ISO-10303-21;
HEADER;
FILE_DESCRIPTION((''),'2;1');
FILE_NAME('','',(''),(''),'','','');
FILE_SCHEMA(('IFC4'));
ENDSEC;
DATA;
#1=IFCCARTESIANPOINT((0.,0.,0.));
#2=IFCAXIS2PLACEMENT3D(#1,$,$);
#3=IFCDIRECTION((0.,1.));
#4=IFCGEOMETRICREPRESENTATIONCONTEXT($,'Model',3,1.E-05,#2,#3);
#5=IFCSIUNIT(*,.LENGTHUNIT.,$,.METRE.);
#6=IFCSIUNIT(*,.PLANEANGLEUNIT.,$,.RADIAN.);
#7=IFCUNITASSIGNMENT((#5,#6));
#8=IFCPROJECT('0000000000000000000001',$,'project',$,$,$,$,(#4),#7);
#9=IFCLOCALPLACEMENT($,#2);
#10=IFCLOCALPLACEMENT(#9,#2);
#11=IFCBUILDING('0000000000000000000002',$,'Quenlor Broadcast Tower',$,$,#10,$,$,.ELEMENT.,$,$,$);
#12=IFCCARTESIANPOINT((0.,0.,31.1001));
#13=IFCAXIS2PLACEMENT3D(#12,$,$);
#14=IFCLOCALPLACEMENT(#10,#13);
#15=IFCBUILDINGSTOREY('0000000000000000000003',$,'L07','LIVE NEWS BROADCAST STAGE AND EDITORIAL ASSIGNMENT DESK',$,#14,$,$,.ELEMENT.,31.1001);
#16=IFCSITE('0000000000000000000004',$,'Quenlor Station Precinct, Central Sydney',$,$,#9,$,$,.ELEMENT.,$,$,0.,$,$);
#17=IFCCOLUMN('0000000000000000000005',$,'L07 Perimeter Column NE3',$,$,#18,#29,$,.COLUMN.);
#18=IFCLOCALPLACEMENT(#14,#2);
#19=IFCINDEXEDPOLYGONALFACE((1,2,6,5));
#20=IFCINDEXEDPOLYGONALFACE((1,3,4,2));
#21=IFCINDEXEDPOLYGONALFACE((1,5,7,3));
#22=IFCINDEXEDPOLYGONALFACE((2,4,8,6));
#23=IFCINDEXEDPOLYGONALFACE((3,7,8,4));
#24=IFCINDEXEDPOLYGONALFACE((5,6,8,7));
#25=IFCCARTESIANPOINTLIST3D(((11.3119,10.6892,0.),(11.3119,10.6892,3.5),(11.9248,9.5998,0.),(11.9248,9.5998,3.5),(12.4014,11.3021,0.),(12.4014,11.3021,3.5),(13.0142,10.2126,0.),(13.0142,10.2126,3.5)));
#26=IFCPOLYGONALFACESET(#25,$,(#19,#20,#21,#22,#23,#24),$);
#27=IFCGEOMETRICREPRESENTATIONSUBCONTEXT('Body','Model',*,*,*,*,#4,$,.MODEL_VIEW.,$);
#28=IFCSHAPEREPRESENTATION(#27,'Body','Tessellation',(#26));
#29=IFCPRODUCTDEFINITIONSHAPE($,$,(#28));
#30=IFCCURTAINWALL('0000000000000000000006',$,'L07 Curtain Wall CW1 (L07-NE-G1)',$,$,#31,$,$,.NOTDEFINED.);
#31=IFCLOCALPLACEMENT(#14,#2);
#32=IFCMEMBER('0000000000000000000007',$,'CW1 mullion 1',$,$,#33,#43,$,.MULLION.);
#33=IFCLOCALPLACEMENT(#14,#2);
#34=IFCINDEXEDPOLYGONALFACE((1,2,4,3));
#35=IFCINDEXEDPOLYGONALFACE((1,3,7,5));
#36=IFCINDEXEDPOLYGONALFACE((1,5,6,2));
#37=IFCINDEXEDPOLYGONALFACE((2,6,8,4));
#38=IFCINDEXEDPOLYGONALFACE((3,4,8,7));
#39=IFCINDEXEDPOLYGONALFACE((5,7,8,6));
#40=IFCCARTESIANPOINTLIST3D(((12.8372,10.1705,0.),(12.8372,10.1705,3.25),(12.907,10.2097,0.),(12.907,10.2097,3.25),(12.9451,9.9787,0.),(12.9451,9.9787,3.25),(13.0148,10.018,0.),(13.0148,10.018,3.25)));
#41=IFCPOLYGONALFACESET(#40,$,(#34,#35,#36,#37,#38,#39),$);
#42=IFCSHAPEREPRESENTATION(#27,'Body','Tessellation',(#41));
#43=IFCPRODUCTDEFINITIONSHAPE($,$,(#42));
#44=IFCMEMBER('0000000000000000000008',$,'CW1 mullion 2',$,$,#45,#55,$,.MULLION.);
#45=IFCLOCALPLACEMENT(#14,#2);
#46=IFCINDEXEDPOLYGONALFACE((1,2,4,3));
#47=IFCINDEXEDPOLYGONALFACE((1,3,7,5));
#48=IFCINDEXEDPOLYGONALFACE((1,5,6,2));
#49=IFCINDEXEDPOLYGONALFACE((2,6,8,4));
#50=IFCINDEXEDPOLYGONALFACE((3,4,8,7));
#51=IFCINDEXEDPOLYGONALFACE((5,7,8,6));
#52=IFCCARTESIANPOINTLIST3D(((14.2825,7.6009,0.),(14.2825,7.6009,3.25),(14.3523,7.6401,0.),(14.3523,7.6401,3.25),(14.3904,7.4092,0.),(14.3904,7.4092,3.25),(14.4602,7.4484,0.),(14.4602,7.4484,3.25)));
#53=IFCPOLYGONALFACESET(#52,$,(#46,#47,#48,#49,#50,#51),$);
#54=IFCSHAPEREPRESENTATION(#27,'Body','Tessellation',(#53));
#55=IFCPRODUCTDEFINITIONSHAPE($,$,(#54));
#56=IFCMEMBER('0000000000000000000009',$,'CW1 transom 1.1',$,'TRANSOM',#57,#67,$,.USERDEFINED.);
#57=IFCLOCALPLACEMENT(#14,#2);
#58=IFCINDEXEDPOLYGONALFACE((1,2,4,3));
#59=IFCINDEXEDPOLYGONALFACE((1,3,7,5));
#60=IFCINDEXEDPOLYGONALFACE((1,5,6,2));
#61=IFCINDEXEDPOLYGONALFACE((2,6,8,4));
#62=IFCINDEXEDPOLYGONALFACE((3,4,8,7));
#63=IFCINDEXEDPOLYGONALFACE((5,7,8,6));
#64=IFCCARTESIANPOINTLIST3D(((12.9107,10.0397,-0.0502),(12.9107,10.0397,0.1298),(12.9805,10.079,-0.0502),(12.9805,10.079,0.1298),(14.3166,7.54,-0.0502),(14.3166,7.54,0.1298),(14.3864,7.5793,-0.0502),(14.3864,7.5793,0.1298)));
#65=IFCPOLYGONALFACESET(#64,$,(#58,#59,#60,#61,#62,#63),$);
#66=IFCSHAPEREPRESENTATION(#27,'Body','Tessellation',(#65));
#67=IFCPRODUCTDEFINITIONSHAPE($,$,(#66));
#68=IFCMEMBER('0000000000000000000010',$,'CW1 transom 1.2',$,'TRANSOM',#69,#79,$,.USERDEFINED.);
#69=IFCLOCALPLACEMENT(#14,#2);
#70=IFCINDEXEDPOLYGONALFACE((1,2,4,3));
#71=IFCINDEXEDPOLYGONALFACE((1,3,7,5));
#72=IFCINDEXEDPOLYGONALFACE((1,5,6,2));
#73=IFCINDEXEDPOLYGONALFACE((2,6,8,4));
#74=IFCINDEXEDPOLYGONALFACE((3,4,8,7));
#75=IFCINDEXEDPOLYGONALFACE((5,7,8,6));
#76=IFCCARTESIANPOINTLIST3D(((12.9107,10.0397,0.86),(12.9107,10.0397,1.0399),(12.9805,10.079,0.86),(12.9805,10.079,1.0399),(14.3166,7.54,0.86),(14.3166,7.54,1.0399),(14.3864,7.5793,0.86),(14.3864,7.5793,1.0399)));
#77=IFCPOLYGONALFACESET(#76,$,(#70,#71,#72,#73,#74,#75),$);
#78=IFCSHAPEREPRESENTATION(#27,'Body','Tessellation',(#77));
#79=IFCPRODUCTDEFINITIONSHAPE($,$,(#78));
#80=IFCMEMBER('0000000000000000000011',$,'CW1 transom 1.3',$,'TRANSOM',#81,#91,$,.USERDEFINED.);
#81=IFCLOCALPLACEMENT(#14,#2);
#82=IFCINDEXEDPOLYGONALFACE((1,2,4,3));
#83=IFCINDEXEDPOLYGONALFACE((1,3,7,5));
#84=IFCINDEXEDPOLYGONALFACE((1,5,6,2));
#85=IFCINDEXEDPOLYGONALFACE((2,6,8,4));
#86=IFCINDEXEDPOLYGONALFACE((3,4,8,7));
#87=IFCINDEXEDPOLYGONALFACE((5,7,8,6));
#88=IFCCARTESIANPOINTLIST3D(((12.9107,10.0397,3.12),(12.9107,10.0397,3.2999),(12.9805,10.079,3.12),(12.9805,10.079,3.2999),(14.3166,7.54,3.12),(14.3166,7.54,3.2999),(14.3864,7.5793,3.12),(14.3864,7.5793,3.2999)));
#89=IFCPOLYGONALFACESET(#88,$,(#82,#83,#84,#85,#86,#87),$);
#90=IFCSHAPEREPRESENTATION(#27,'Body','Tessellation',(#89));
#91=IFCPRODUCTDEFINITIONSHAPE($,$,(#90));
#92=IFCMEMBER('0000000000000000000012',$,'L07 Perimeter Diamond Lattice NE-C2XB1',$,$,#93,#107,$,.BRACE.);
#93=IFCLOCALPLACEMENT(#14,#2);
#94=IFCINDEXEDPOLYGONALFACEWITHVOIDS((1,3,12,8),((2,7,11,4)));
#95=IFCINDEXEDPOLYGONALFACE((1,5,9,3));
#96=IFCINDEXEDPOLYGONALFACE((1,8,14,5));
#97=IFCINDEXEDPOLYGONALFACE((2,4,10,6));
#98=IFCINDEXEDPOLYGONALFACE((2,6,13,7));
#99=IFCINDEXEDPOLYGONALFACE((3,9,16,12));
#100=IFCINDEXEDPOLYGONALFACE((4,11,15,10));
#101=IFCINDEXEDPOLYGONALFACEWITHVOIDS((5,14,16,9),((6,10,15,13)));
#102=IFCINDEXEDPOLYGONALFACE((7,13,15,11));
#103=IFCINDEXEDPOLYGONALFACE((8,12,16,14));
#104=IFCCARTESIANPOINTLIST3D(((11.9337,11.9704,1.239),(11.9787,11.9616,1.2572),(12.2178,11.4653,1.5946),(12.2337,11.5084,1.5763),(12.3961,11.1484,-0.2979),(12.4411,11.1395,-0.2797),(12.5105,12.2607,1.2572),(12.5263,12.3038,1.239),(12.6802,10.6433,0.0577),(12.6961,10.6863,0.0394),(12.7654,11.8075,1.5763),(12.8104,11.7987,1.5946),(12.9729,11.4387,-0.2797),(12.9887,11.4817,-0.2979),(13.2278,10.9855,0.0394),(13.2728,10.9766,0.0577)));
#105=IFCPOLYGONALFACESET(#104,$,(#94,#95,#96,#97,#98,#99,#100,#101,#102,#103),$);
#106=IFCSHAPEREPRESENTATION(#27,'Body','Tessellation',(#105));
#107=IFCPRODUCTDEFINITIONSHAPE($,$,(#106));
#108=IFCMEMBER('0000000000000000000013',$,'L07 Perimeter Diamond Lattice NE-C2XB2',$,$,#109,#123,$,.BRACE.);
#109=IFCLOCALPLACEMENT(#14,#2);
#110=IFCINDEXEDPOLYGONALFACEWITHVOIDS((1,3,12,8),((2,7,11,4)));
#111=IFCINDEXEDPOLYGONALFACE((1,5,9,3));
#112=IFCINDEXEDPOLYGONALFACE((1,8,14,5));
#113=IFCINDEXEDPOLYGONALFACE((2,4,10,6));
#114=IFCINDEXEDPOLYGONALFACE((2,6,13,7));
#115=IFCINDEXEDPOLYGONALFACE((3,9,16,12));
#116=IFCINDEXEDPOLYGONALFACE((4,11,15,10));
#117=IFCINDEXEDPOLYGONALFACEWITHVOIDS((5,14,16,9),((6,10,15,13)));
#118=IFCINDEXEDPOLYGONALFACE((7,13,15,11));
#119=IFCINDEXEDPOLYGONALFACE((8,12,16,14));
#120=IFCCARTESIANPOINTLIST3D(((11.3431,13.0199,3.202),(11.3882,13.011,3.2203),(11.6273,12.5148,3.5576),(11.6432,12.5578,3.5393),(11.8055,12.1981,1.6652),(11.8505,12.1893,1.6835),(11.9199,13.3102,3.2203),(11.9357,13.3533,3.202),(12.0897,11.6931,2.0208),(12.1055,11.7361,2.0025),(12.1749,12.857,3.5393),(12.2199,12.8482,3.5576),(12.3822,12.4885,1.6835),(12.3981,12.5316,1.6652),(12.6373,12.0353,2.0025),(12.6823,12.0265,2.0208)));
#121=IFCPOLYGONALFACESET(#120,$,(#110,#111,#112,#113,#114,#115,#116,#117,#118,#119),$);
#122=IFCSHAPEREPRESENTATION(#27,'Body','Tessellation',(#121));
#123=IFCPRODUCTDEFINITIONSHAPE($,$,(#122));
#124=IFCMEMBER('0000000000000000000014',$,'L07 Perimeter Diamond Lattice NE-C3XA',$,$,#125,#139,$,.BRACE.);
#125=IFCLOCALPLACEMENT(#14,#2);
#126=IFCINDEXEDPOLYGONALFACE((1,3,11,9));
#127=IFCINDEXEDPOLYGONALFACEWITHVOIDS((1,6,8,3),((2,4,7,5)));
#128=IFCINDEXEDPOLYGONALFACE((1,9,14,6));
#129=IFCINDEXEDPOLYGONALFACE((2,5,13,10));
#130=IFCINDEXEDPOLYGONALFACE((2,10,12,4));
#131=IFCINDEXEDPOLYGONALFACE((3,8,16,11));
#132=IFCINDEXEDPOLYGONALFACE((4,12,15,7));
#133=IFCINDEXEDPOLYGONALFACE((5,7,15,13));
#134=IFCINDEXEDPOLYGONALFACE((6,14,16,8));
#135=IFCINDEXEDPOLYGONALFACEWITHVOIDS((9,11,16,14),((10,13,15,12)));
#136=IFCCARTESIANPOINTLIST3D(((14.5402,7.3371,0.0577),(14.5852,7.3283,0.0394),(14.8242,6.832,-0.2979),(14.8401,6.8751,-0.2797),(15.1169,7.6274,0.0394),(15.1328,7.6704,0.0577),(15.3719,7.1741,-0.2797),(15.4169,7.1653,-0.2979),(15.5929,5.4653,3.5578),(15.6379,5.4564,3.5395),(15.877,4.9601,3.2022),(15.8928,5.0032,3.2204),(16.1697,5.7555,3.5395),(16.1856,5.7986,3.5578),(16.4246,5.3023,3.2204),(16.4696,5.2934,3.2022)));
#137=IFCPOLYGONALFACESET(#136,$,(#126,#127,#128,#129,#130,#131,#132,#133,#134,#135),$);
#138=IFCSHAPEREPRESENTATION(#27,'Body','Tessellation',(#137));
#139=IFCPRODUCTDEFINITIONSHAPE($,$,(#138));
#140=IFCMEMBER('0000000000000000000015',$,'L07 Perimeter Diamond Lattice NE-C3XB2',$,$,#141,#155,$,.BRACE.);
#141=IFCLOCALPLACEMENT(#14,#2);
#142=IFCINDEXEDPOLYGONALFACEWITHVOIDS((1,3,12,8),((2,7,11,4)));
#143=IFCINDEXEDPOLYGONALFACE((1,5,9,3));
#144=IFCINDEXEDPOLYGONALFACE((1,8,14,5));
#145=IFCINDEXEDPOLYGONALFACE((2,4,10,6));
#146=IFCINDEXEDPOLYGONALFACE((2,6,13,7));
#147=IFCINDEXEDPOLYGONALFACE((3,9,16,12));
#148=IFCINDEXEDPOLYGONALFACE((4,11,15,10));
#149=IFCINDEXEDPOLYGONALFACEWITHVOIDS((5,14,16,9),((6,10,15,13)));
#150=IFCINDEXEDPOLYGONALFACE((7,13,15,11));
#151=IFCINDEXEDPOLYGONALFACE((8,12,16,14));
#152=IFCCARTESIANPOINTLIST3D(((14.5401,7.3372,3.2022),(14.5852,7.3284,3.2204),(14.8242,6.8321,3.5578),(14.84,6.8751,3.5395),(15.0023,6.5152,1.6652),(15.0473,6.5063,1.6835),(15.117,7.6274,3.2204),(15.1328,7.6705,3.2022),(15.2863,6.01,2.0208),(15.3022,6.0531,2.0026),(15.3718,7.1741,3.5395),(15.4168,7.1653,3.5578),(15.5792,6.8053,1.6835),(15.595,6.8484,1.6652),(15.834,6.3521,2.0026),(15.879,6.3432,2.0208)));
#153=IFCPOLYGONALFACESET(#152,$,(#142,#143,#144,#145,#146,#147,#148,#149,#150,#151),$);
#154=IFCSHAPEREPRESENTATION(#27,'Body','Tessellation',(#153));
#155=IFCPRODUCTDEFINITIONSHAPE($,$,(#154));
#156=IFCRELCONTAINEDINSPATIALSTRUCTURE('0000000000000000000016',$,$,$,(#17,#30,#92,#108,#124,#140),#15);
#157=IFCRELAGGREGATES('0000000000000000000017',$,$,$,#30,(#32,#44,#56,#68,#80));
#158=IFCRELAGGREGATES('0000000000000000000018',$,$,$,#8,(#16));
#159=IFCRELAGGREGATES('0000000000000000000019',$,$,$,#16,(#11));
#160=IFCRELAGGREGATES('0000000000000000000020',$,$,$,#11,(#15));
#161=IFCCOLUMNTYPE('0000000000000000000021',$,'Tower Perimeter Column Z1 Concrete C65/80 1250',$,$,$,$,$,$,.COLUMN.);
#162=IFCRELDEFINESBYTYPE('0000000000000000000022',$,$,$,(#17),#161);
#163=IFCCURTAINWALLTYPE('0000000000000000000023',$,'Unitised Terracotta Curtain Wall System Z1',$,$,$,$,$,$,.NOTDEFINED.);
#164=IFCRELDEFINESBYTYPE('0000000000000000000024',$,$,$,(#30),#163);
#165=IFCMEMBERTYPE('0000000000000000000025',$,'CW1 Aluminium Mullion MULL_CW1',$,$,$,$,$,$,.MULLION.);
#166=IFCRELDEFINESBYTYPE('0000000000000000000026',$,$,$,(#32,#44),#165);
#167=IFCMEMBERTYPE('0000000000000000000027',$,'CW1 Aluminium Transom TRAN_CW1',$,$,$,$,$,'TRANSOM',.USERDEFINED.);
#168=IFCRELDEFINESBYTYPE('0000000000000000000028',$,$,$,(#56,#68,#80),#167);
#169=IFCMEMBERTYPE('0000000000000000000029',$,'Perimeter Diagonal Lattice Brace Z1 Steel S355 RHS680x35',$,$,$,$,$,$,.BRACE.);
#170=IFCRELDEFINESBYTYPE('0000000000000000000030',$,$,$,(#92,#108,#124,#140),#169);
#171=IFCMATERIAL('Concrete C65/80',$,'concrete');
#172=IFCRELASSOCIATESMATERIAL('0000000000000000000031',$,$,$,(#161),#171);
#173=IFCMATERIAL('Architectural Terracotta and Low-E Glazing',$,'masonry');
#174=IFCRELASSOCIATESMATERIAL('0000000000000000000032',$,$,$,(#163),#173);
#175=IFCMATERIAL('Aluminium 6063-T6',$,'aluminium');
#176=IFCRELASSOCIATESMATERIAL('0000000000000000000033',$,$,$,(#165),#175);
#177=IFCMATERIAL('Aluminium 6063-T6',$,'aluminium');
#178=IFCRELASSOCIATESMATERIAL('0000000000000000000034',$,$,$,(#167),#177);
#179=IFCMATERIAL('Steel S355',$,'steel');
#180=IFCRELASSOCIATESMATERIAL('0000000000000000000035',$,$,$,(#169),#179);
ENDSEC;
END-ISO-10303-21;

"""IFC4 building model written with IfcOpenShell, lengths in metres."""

from ifc_helpers import new_model, si_unit, direction, frame, origin, origin_2d, place, context, subcontext, project, spatial, rectangle, hollow_rectangle, extrude, material, material_profile, profile_set, type_object, element, aggregate, save


model = new_model("IFC4")

# Units and contexts
model_context = context("Model", 3, precision=1e-05, world=origin(), true_north=direction((0.0, 1.0)))
body_context = subcontext(model_context, "Body", "Model", "MODEL_VIEW")
ifc_project = project(units=[si_unit("LENGTHUNIT", "METRE"), si_unit("PLANEANGLEUNIT", "RADIAN")], contexts=[model_context])

# Site, building, storey
site_placement = place(None, origin())
site = spatial("IfcSite", under=ifc_project, at=site_placement, Name="Quenlor Station Precinct, Central Sydney", CompositionType="ELEMENT", RefElevation=0.0)
building_placement = place(site_placement, origin())
building = spatial("IfcBuilding", under=site, at=building_placement, Name="Quenlor Broadcast Tower", CompositionType="ELEMENT")
storey_placement = place(building_placement, frame((0.0, 0.0, 31.1001)))
storey = spatial("IfcBuildingStorey", under=building, at=storey_placement, Name="L07", Description="LIVE NEWS BROADCAST STAGE AND EDITORIAL ASSIGNMENT DESK", CompositionType="ELEMENT", Elevation=31.1001)

# Column
ifc_material_1 = material(Name="Concrete C65/80", Category="concrete")
ifc_material_profile_1 = material_profile(ifc_material_1, rectangle(XDim=1.25, YDim=1.25, at=origin_2d()))
ifc_profile_set_1 = profile_set([ifc_material_profile_1], Name="Concrete C65/80 RC1250x1250")
column_type = type_object("IfcColumnType", Name="Tower Perimeter Column Z1 Concrete C65/80 1250", PredefinedType="COLUMN", material=ifc_profile_set_1)
column_placement = place(storey_placement, frame((12.1631, 10.4509, 0.0), z_axis=(0.0, 0.0, 1.0), x_axis=(0.871575, 0.490262, 0.0)))
element("IfcColumn", 1, at=column_placement, inside=storey, type_object=column_type, Name="L07 Perimeter Column NE3", PredefinedType="COLUMN", context=body_context, shape_type="SweptSolid", body=[
    extrude(rectangle(XDim=1.25, YDim=1.25, at=origin_2d()), origin(), (0.0, 0.0, 1.0), 3.5),
])

# Curtain wall, members
ifc_material_2 = material(Name="Architectural Terracotta and Low-E Glazing", Category="masonry")
curtain_wall_type = type_object("IfcCurtainWallType", Name="Unitised Terracotta Curtain Wall System Z1", PredefinedType="NOTDEFINED", material=ifc_material_2)
curtain_wall_placement = place(storey_placement, origin())
curtain_wall = element("IfcCurtainWall", 2, at=curtain_wall_placement, inside=storey, type_object=curtain_wall_type, Name="L07 Curtain Wall CW1 (L07-NE-G1)", PredefinedType="NOTDEFINED")
ifc_material_3 = material(Name="Aluminium 6063-T6", Category="aluminium")
ifc_material_profile_2 = material_profile(ifc_material_3, rectangle(XDim=0.0801, YDim=0.22, at=origin_2d()))
ifc_profile_set_2 = profile_set([ifc_material_profile_2], Name="Aluminium 6063-T6 MULL80x220")
member_type_1 = type_object("IfcMemberType", Name="CW1 Aluminium Mullion MULL_CW1", PredefinedType="MULLION", material=ifc_profile_set_2)
member_1_placement = place(storey_placement, frame((12.926, 10.0942, 0.0), z_axis=(0.0, 0.0, 1.0), x_axis=(0.871568, 0.490274, 0.0)))
member_1 = element("IfcMember", 3, at=member_1_placement, type_object=member_type_1, Name="CW1 mullion 1", PredefinedType="MULLION", context=body_context, shape_type="SweptSolid", body=[
    extrude(rectangle(XDim=0.0801, YDim=0.22, at=origin_2d()), origin(), (0.0, 0.0, 1.0), 3.25),
])
member_2_placement = place(storey_placement, frame((14.3713, 7.5247, 0.0), z_axis=(0.0, 0.0, 1.0), x_axis=(0.871568, 0.490274, 0.0)))
member_2 = element("IfcMember", 4, at=member_2_placement, type_object=member_type_1, Name="CW1 mullion 2", PredefinedType="MULLION", context=body_context, shape_type="SweptSolid", body=[
    extrude(rectangle(XDim=0.0801, YDim=0.22, at=origin_2d()), origin(), (0.0, 0.0, 1.0), 3.25),
])
ifc_material_4 = material(Name="Aluminium 6063-T6", Category="aluminium")
ifc_material_profile_3 = material_profile(ifc_material_4, rectangle(XDim=0.0801, YDim=0.1799, at=origin_2d()))
ifc_profile_set_3 = profile_set([ifc_material_profile_3], Name="Aluminium 6063-T6 TRAN80x180")
member_type_2 = type_object("IfcMemberType", Name="CW1 Aluminium Transom TRAN_CW1", ElementType="TRANSOM", PredefinedType="USERDEFINED", material=ifc_profile_set_3)
member_3_placement = place(storey_placement, frame((12.9456, 10.0593, 0.0398), z_axis=(0.490233, -0.871591, 0.0), x_axis=(0.871591, 0.490233, 0.0)))
member_3 = element("IfcMember", 5, at=member_3_placement, type_object=member_type_2, Name="CW1 transom 1.1", ObjectType="TRANSOM", PredefinedType="USERDEFINED", context=body_context, shape_type="SweptSolid", body=[
    extrude(rectangle(XDim=0.0801, YDim=0.1799, at=origin_2d()), origin(), (0.0, 0.0, 1.0), 2.8679),
])
member_4_placement = place(storey_placement, frame((12.9456, 10.0593, 0.95), z_axis=(0.490233, -0.871591, 0.0), x_axis=(0.871591, 0.490233, 0.0)))
member_4 = element("IfcMember", 6, at=member_4_placement, type_object=member_type_2, Name="CW1 transom 1.2", ObjectType="TRANSOM", PredefinedType="USERDEFINED", context=body_context, shape_type="SweptSolid", body=[
    extrude(rectangle(XDim=0.0801, YDim=0.1799, at=origin_2d()), origin(), (0.0, 0.0, 1.0), 2.8679),
])
member_5_placement = place(storey_placement, frame((12.9456, 10.0593, 3.21), z_axis=(0.490233, -0.871591, 0.0), x_axis=(0.871591, 0.490233, 0.0)))
member_5 = element("IfcMember", 7, at=member_5_placement, type_object=member_type_2, Name="CW1 transom 1.3", ObjectType="TRANSOM", PredefinedType="USERDEFINED", context=body_context, shape_type="SweptSolid", body=[
    extrude(rectangle(XDim=0.0801, YDim=0.1799, at=origin_2d()), origin(), (0.0, 0.0, 1.0), 2.8679),
])

# Members
ifc_material_5 = material(Name="Steel S355", Category="steel")
ifc_material_profile_4 = material_profile(ifc_material_5, hollow_rectangle(XDim=0.6799, YDim=0.6799, WallThickness=0.0349, at=origin_2d()))
ifc_profile_set_4 = profile_set([ifc_material_profile_4], Name="Steel S355 RHS680x680x35")
member_type_3 = type_object("IfcMemberType", Name="Perimeter Diagonal Lattice Brace Z1 Steel S355 RHS680x35", PredefinedType="BRACE", material=ifc_profile_set_4)
member_6_placement = place(storey_placement, frame((12.8345, 11.0625, -0.1201), z_axis=(-0.256436, 0.455871, 0.852304), x_axis=(-0.871569, -0.490274, 0.0)))
element("IfcMember", 8, at=member_6_placement, inside=storey, type_object=member_type_3, Name="L07 Perimeter Diamond Lattice NE-C2XB1", PredefinedType="BRACE", context=body_context, shape_type="SweptSolid", body=[
    extrude(hollow_rectangle(XDim=0.6799, YDim=0.6799, WallThickness=0.0349, at=origin_2d()), origin(), (0.0, 0.0, 1.0), 1.8032),
])
member_7_placement = place(storey_placement, frame((12.2439, 12.1123, 1.843), z_axis=(-0.256452, 0.455764, 0.852357), x_axis=(-0.871506, -0.490384, 0.0)))
element("IfcMember", 9, at=member_7_placement, inside=storey, type_object=member_type_3, Name="L07 Perimeter Diamond Lattice NE-C2XB2", PredefinedType="BRACE", context=body_context, shape_type="SweptSolid", body=[
    extrude(hollow_rectangle(XDim=0.6799, YDim=0.6799, WallThickness=0.0349, at=origin_2d()), origin(), (0.0, 0.0, 1.0), 1.803),
])
member_8_placement = place(storey_placement, frame((14.9785, 7.2512, -0.1201), z_axis=(0.256368, -0.455839, 0.852342), x_axis=(0.871609, 0.490202, 0.0)))
element("IfcMember", 10, at=member_8_placement, inside=storey, type_object=member_type_3, Name="L07 Perimeter Diamond Lattice NE-C3XA", PredefinedType="BRACE", context=body_context, shape_type="SweptSolid", body=[
    extrude(hollow_rectangle(XDim=0.6799, YDim=0.6799, WallThickness=0.0349, at=origin_2d()), origin(), (0.0, 0.0, 1.0), 4.1064),
])
member_9_placement = place(storey_placement, frame((15.4407, 6.4292, 1.843), z_axis=(-0.256309, 0.455887, 0.852334), x_axis=(-0.871679, -0.490077, 0.0)))
element("IfcMember", 11, at=member_9_placement, inside=storey, type_object=member_type_3, Name="L07 Perimeter Diamond Lattice NE-C3XB2", PredefinedType="BRACE", context=body_context, shape_type="SweptSolid", body=[
    extrude(hollow_rectangle(XDim=0.6799, YDim=0.6799, WallThickness=0.0349, at=origin_2d()), origin(), (0.0, 0.0, 1.0), 1.8032),
])

aggregate(curtain_wall, [member_1, member_2, member_3, member_4, member_5])

save(model, "model.ifc")
